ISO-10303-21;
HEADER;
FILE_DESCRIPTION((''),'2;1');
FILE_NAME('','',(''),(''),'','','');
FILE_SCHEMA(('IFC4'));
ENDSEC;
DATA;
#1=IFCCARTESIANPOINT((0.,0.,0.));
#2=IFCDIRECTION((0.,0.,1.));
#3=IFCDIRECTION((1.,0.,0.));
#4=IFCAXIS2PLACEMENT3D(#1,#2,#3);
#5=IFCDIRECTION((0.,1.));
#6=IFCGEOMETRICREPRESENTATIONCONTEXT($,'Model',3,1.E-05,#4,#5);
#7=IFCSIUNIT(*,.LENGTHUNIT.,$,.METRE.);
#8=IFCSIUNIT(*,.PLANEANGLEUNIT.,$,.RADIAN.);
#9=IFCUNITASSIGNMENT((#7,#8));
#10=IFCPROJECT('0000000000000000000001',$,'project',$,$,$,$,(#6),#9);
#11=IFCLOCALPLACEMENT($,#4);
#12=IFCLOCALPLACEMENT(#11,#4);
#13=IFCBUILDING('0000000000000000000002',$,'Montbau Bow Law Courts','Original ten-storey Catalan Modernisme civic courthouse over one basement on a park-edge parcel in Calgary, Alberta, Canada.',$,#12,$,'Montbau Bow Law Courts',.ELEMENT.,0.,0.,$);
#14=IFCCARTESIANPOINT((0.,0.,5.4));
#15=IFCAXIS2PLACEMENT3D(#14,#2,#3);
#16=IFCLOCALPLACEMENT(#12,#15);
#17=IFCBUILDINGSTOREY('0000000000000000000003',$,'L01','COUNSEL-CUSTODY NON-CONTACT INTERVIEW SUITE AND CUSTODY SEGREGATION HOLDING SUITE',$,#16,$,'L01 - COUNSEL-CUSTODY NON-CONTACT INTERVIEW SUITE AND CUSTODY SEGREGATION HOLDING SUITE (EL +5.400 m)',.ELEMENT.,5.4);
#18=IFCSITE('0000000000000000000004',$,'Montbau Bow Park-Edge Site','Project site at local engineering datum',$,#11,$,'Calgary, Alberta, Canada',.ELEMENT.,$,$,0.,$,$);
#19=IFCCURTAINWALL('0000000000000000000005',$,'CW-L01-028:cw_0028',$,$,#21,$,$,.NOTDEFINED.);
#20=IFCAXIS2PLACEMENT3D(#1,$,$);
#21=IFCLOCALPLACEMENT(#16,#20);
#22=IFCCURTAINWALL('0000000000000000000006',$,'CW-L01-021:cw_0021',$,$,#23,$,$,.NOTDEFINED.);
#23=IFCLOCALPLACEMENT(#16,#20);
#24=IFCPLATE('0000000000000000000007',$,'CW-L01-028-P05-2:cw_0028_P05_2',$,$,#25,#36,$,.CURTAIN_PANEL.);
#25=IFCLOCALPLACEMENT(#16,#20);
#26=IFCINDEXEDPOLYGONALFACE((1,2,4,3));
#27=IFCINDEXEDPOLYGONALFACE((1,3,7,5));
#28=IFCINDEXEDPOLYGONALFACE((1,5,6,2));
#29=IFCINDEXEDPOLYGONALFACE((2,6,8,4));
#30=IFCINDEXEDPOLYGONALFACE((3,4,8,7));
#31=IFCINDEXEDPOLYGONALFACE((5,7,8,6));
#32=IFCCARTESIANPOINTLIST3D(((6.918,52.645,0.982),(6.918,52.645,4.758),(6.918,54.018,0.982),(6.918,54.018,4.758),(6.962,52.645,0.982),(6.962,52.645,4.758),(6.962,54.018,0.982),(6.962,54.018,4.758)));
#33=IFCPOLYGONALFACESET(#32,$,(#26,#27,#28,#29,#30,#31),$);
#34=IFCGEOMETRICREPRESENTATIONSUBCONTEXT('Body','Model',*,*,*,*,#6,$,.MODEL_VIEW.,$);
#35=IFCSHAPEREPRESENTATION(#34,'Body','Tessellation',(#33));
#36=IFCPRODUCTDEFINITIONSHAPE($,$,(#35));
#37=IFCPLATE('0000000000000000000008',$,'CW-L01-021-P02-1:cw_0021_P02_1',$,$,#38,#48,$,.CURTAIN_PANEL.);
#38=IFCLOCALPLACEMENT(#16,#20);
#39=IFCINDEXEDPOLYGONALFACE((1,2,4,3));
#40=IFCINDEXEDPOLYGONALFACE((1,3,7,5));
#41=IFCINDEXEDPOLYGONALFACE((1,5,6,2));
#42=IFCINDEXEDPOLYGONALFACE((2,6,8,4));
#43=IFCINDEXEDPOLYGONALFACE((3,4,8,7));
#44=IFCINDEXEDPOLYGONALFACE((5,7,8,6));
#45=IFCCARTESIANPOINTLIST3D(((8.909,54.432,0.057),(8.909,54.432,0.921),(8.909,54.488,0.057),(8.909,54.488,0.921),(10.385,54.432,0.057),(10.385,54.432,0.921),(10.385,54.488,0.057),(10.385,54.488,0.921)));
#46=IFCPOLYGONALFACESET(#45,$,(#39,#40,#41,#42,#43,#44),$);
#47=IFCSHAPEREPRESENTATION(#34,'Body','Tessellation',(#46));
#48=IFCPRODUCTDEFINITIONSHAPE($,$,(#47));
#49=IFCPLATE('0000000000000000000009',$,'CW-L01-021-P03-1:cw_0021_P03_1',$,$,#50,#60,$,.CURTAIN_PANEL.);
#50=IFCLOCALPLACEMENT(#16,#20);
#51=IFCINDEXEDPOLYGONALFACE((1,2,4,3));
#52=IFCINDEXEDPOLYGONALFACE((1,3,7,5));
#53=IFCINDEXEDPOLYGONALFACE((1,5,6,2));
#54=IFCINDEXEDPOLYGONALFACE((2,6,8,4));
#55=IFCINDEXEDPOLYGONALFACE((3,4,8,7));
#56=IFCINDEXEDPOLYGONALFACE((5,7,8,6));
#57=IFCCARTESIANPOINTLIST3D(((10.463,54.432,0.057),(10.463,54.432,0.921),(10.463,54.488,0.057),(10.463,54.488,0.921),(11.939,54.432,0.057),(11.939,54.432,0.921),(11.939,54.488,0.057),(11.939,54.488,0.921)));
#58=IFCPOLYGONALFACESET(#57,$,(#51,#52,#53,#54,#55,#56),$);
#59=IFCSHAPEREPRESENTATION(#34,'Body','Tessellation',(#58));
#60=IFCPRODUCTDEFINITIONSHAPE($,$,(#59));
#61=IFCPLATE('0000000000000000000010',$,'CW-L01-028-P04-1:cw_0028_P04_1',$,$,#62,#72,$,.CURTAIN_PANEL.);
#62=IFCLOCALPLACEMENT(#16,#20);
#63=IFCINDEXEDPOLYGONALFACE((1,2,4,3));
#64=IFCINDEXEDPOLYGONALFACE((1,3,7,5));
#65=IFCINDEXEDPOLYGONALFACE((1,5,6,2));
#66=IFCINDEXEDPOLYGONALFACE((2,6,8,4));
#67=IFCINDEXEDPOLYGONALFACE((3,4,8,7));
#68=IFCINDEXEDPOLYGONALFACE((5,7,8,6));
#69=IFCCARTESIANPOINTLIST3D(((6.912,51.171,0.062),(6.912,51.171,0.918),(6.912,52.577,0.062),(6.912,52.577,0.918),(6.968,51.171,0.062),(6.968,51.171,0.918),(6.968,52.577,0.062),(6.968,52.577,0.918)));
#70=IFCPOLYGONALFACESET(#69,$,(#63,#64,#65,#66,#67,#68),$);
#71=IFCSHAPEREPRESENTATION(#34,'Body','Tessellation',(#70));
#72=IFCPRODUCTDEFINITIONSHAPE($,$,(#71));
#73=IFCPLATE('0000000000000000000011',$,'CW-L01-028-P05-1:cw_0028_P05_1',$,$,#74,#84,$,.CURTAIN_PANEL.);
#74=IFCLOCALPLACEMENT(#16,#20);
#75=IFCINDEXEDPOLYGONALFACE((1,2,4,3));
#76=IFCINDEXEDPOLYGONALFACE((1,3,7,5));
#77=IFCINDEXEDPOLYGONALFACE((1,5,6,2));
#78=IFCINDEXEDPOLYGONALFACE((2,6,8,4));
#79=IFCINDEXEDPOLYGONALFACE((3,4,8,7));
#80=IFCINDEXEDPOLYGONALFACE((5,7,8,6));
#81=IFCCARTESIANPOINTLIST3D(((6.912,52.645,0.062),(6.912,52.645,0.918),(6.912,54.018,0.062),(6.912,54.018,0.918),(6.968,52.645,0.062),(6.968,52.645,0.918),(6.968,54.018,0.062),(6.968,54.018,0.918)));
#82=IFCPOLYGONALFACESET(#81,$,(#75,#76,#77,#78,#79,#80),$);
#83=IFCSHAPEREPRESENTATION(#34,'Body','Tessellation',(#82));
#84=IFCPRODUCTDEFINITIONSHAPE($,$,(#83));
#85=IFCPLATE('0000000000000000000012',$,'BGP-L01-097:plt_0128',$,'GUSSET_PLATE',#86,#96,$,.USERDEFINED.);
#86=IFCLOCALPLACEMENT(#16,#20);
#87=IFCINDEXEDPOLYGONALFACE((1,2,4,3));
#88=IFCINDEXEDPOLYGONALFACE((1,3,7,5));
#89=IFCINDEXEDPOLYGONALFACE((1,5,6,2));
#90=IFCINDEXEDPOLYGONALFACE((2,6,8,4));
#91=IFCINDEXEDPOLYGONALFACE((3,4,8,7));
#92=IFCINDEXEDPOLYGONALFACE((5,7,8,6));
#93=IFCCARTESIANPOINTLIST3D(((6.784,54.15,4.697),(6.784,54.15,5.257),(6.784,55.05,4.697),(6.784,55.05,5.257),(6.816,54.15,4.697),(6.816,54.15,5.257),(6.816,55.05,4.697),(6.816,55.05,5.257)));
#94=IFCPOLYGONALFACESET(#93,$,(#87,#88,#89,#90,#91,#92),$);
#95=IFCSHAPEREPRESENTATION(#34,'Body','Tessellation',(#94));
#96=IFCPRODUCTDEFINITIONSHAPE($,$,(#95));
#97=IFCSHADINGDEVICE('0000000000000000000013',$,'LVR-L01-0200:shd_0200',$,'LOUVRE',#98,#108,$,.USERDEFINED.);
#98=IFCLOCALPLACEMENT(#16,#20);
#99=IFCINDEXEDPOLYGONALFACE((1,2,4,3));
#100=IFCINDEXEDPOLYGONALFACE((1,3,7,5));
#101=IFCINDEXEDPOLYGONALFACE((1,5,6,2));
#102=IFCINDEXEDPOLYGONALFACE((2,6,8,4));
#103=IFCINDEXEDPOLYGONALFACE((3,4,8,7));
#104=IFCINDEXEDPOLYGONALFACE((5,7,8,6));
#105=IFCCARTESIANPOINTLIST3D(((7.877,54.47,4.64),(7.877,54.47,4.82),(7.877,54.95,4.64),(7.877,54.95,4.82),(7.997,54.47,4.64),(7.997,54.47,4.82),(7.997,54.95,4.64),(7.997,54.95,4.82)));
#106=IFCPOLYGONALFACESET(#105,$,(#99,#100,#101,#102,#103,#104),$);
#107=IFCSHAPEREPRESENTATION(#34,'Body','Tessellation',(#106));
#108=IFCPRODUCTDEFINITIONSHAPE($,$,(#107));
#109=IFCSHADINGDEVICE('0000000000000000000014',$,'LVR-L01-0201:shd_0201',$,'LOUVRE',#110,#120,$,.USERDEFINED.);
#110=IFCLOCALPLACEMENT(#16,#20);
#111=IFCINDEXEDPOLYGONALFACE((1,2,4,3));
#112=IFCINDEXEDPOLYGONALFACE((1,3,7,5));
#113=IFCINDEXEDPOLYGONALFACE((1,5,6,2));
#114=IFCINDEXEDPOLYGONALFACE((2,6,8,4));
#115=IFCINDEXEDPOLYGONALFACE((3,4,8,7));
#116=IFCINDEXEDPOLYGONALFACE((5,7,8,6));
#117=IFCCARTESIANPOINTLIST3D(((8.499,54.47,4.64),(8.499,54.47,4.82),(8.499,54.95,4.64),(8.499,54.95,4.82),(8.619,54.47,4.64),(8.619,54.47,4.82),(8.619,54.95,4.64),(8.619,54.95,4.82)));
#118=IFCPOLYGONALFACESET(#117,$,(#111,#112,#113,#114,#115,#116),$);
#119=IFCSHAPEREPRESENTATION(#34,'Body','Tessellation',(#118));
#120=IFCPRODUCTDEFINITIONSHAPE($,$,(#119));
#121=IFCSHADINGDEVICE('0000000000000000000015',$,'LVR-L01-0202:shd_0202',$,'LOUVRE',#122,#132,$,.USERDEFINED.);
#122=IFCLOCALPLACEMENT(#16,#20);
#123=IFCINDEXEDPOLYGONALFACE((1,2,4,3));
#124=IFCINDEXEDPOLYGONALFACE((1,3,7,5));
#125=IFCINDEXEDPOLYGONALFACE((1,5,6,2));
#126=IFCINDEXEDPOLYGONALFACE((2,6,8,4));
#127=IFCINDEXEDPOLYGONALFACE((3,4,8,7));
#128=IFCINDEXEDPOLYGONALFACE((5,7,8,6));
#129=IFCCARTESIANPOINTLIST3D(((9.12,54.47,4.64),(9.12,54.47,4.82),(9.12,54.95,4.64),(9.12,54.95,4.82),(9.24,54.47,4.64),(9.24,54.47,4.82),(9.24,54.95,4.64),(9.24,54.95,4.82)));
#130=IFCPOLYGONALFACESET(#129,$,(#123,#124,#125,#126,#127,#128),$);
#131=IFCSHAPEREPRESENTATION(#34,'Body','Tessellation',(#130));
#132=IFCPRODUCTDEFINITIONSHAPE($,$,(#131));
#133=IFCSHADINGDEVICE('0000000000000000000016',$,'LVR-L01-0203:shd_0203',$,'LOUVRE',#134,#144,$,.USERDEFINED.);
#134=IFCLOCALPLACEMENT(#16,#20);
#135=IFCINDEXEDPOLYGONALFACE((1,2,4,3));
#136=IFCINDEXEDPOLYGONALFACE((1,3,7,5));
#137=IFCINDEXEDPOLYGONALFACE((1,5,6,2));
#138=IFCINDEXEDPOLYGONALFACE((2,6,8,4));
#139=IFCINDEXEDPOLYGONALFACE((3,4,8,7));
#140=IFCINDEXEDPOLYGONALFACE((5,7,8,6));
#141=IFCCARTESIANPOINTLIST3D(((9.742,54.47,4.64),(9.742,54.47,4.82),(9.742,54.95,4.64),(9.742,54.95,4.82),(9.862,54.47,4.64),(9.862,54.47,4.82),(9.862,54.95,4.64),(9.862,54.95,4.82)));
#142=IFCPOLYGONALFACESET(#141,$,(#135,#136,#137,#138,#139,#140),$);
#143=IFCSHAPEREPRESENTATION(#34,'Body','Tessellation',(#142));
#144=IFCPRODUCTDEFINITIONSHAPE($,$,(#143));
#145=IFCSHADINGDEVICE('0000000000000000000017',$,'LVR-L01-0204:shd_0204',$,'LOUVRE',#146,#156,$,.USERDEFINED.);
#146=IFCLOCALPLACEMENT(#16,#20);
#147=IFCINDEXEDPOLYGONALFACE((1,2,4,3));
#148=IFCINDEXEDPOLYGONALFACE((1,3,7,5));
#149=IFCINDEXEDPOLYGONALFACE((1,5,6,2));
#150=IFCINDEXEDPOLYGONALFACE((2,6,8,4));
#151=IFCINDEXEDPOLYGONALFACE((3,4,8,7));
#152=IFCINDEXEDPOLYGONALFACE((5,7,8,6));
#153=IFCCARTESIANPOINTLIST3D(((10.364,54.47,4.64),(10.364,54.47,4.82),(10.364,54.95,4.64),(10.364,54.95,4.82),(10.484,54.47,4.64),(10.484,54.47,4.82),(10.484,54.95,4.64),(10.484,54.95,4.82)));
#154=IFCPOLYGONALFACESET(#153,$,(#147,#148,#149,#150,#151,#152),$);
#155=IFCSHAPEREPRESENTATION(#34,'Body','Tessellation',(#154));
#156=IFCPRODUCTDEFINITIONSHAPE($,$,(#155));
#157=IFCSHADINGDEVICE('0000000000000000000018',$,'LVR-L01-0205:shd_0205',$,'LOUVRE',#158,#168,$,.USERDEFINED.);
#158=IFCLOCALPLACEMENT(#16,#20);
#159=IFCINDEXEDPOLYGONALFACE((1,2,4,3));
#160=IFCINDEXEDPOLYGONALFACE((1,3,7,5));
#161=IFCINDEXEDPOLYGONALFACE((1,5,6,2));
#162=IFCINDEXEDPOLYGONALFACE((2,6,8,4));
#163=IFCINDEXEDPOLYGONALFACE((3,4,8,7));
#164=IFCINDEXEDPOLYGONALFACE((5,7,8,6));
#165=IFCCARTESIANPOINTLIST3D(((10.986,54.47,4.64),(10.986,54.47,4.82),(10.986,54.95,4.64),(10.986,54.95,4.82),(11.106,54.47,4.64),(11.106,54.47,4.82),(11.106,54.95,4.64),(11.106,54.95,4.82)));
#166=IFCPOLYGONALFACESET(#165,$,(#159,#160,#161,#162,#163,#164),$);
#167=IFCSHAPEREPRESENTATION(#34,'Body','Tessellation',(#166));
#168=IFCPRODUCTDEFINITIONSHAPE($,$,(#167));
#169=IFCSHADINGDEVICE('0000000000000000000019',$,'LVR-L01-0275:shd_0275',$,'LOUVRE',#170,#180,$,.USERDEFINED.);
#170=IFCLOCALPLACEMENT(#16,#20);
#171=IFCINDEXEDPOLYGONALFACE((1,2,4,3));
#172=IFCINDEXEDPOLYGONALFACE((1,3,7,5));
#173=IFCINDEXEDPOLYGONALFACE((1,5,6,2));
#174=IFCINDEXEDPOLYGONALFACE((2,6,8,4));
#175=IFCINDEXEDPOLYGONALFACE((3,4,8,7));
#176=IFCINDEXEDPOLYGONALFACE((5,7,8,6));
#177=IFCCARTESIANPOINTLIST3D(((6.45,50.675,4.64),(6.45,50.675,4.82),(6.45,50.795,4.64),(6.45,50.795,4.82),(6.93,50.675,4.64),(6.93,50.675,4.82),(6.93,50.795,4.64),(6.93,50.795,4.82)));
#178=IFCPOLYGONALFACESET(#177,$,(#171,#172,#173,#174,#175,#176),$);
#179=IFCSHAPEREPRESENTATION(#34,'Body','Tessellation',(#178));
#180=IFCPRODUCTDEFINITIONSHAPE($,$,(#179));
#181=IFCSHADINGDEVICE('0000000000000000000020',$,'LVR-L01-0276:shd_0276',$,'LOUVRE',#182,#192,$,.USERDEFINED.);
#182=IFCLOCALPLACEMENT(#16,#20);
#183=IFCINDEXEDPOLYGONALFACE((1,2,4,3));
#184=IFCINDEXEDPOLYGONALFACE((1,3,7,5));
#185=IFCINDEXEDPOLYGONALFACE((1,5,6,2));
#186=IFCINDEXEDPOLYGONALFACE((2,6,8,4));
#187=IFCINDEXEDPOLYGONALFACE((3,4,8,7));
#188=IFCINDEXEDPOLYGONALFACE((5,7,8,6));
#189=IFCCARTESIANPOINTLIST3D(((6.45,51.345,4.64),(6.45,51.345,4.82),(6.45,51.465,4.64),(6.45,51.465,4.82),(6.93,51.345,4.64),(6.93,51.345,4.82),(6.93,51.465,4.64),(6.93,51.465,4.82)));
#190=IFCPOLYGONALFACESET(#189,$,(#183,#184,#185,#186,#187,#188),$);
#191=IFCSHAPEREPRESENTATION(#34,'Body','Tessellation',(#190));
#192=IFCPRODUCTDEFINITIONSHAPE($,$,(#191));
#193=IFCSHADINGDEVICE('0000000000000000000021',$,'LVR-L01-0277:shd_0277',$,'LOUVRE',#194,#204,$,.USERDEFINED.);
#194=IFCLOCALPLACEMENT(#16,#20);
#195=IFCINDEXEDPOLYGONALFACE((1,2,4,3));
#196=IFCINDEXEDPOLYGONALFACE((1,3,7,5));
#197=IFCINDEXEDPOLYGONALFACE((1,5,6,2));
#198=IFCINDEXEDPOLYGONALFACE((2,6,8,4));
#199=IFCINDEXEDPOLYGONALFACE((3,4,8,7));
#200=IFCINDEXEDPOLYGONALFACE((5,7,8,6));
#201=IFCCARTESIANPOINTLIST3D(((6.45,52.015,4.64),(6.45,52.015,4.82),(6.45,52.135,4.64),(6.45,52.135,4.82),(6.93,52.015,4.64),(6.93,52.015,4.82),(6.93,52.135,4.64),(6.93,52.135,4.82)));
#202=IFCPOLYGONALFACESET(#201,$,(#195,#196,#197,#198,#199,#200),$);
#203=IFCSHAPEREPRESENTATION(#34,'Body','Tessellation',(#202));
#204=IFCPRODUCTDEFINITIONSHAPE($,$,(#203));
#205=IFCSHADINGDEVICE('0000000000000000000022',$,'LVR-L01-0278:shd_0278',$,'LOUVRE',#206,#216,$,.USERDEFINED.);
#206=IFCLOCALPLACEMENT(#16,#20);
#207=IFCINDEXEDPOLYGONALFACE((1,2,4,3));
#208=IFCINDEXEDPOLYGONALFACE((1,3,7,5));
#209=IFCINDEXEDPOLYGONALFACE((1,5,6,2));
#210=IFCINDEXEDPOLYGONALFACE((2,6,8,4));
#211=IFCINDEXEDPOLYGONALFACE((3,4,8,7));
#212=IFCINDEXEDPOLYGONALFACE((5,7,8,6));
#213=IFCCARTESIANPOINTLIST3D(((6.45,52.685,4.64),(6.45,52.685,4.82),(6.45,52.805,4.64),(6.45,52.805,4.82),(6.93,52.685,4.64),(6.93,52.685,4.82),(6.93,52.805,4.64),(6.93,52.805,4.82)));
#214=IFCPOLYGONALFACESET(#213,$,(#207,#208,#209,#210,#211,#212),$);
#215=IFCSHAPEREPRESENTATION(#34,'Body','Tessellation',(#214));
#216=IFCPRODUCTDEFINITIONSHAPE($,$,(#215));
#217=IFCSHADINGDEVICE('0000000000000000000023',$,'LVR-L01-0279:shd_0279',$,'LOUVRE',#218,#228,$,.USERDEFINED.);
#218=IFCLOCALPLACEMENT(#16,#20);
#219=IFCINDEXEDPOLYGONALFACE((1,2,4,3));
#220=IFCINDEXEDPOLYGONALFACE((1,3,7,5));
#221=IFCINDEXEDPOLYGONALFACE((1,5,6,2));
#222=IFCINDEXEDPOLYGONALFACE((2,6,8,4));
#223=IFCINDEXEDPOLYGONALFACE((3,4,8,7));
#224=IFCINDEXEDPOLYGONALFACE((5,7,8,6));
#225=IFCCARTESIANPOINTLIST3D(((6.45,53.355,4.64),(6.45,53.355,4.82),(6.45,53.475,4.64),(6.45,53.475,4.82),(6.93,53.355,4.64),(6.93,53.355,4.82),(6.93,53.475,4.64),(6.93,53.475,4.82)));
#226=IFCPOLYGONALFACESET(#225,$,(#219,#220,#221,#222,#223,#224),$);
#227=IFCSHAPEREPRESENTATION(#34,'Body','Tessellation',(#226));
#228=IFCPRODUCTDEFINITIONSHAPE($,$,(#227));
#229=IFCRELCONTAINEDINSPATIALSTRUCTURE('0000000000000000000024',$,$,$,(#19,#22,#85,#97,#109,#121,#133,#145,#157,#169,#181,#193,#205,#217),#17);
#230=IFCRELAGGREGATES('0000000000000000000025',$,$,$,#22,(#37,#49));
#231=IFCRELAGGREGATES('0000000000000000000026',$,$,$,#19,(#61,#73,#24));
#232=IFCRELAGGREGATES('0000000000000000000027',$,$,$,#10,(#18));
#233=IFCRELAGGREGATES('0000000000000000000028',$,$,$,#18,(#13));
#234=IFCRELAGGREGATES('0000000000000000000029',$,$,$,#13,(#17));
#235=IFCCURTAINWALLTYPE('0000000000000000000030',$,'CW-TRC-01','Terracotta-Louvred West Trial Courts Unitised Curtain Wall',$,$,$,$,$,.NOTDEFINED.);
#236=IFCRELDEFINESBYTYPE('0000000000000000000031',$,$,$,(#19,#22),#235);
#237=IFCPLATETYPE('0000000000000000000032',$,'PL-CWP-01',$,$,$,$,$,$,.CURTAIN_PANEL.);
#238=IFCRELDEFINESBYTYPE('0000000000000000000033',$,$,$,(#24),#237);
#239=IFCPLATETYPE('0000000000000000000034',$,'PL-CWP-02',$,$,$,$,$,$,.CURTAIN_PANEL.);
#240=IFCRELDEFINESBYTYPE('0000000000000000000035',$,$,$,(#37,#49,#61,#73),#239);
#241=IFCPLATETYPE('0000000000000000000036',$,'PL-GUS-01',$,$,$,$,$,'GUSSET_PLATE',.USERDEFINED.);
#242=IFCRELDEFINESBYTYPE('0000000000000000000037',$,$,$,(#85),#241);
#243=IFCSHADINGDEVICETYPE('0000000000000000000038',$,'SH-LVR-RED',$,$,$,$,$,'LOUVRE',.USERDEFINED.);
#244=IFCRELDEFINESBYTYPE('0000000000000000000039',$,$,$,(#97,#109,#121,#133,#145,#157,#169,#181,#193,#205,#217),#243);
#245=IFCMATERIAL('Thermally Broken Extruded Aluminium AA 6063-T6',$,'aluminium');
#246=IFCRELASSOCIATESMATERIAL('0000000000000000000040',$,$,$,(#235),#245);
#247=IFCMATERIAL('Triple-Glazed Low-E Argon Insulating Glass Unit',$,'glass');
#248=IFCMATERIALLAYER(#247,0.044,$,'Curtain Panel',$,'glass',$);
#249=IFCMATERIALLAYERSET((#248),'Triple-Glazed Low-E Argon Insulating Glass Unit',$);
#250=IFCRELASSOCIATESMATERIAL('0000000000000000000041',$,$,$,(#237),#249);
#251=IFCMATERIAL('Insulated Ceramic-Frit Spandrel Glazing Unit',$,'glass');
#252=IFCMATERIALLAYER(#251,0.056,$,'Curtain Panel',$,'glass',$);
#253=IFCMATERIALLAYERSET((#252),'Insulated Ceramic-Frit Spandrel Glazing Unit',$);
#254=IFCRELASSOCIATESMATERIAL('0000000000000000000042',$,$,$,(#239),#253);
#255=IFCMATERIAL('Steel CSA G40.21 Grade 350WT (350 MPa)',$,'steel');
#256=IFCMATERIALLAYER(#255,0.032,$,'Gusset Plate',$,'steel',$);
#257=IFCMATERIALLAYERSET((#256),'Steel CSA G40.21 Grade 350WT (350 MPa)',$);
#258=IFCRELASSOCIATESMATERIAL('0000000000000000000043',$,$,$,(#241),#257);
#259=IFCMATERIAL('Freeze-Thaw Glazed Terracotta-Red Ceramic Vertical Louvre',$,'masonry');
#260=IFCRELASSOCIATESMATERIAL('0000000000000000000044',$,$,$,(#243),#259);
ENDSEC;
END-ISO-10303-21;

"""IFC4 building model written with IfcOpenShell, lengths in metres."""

from ifc_helpers import new_model, si_unit, direction, frame, frame_2d, origin_with_axes, origin_2d_with_axis, place, context, subcontext, project, spatial, rectangle, extrude, material, layer, layer_set, type_object, element, aggregate, save


model = new_model("IFC4")

# Units and contexts
model_context = context("Model", 3, precision=1e-05, world=origin_with_axes(), true_north=direction((0.0, 1.0)))
body_context = subcontext(model_context, "Body", "Model", "MODEL_VIEW")
ifc_project = project(units=[si_unit("LENGTHUNIT", "METRE"), si_unit("PLANEANGLEUNIT", "RADIAN")], contexts=[model_context])

# Site, building, storey
site_placement = place(None, origin_with_axes())
site = spatial("IfcSite", under=ifc_project, at=site_placement, Name="Montbau Bow Park-Edge Site", Description="Project site at local engineering datum", LongName="Calgary, Alberta, Canada", CompositionType="ELEMENT", RefElevation=0.0)
building_placement = place(site_placement, origin_with_axes())
building = spatial("IfcBuilding", under=site, at=building_placement, Name="Montbau Bow Law Courts", Description="Original ten-storey Catalan Modernisme civic courthouse over one basement on a park-edge parcel in Calgary, Alberta, Canada.", LongName="Montbau Bow Law Courts", CompositionType="ELEMENT", ElevationOfRefHeight=0.0, ElevationOfTerrain=0.0)
storey_placement = place(building_placement, frame((0.0, 0.0, 5.4), z_axis=(0.0, 0.0, 1.0), x_axis=(1.0, 0.0, 0.0)))
storey = spatial("IfcBuildingStorey", under=building, at=storey_placement, Name="L01", Description="COUNSEL-CUSTODY NON-CONTACT INTERVIEW SUITE AND CUSTODY SEGREGATION HOLDING SUITE", LongName="L01 - COUNSEL-CUSTODY NON-CONTACT INTERVIEW SUITE AND CUSTODY SEGREGATION HOLDING SUITE (EL +5.400 m)", CompositionType="ELEMENT", Elevation=5.4)

# Curtain wall
ifc_material_1 = material(Name="Thermally Broken Extruded Aluminium AA 6063-T6", Category="aluminium")
curtain_wall_type = type_object("IfcCurtainWallType", Name="CW-TRC-01", Description="Terracotta-Louvred West Trial Courts Unitised Curtain Wall", PredefinedType="NOTDEFINED", material=ifc_material_1)
curtain_wall_1_placement = place(None, frame((6.94, 46.715, 5.4), z_axis=(0.0, 0.0, 1.0), x_axis=(1.0, 0.0, 0.0)))
curtain_wall_1 = element("IfcCurtainWall", 1, at=curtain_wall_1_placement, inside=storey, type_object=curtain_wall_type, Name="CW-L01-028:cw_0028", PredefinedType="NOTDEFINED")

# Curtain wall
curtain_wall_2_placement = place(None, frame((7.315, 54.46, 5.4), z_axis=(0.0, 0.0, 1.0), x_axis=(1.0, 0.0, 0.0)))
curtain_wall_2 = element("IfcCurtainWall", 2, at=curtain_wall_2_placement, inside=storey, type_object=curtain_wall_type, Name="CW-L01-021:cw_0021", PredefinedType="NOTDEFINED")
ifc_material_2 = material(Name="Triple-Glazed Low-E Argon Insulating Glass Unit", Category="glass")
ifc_layer_1 = layer(ifc_material_2, 0.044, Name="Curtain Panel", Category="glass")
ifc_layer_set_1 = layer_set([ifc_layer_1], Name="Triple-Glazed Low-E Argon Insulating Glass Unit")
plate_type_1 = type_object("IfcPlateType", Name="PL-CWP-01", PredefinedType="CURTAIN_PANEL", material=ifc_layer_set_1)

# Plates
plate_1_placement = place(None, frame((6.94, 52.645, 6.382), z_axis=(1.0, 0.0, 0.0), x_axis=(0.0, 1.0, 0.0)))
plate_1 = element("IfcPlate", 3, at=plate_1_placement, type_object=plate_type_1, Name="CW-L01-028-P05-2:cw_0028_P05_2", PredefinedType="CURTAIN_PANEL", context=body_context, shape_type="SweptSolid", body=[
    extrude(rectangle(XDim=1.373, YDim=3.776, at=frame_2d((0.6865, 1.888), x_axis=(1.0, 0.0))), frame((0.0, 0.0, -0.022), z_axis=(0.0, 0.0, 1.0), x_axis=(1.0, 0.0, 0.0)), (0.0, 0.0, 1.0), 0.044),
])
ifc_material_3 = material(Name="Insulated Ceramic-Frit Spandrel Glazing Unit", Category="glass")
ifc_layer_2 = layer(ifc_material_3, 0.056, Name="Curtain Panel", Category="glass")
ifc_layer_set_2 = layer_set([ifc_layer_2], Name="Insulated Ceramic-Frit Spandrel Glazing Unit")
plate_type_2 = type_object("IfcPlateType", Name="PL-CWP-02", PredefinedType="CURTAIN_PANEL", material=ifc_layer_set_2)
plate_2_placement = place(None, frame((8.909, 54.46, 5.457), z_axis=(0.0, -1.0, 0.0), x_axis=(1.0, 0.0, 0.0)))
plate_2 = element("IfcPlate", 4, at=plate_2_placement, type_object=plate_type_2, Name="CW-L01-021-P02-1:cw_0021_P02_1", PredefinedType="CURTAIN_PANEL", context=body_context, shape_type="SweptSolid", body=[
    extrude(rectangle(XDim=1.476, YDim=0.864, at=frame_2d((0.738, 0.432), x_axis=(1.0, 0.0))), frame((0.0, 0.0, -0.028), z_axis=(0.0, 0.0, 1.0), x_axis=(1.0, 0.0, 0.0)), (0.0, 0.0, 1.0), 0.056),
])
plate_3_placement = place(None, frame((10.463, 54.46, 5.457), z_axis=(0.0, -1.0, 0.0), x_axis=(1.0, 0.0, 0.0)))
plate_3 = element("IfcPlate", 5, at=plate_3_placement, type_object=plate_type_2, Name="CW-L01-021-P03-1:cw_0021_P03_1", PredefinedType="CURTAIN_PANEL", context=body_context, shape_type="SweptSolid", body=[
    extrude(rectangle(XDim=1.476, YDim=0.864, at=frame_2d((0.738, 0.432), x_axis=(1.0, 0.0))), frame((0.0, 0.0, -0.028), z_axis=(0.0, 0.0, 1.0), x_axis=(1.0, 0.0, 0.0)), (0.0, 0.0, 1.0), 0.056),
])
aggregate(curtain_wall_2, [plate_2, plate_3])
plate_4_placement = place(None, frame((6.94, 51.171, 5.462), z_axis=(1.0, 0.0, 0.0), x_axis=(0.0, 1.0, 0.0)))
plate_4 = element("IfcPlate", 6, at=plate_4_placement, type_object=plate_type_2, Name="CW-L01-028-P04-1:cw_0028_P04_1", PredefinedType="CURTAIN_PANEL", context=body_context, shape_type="SweptSolid", body=[
    extrude(rectangle(XDim=1.406, YDim=0.856, at=frame_2d((0.703, 0.428), x_axis=(1.0, 0.0))), frame((0.0, 0.0, -0.028), z_axis=(0.0, 0.0, 1.0), x_axis=(1.0, 0.0, 0.0)), (0.0, 0.0, 1.0), 0.056),
])
plate_5_placement = place(None, frame((6.94, 52.645, 5.462), z_axis=(1.0, 0.0, 0.0), x_axis=(0.0, 1.0, 0.0)))
plate_5 = element("IfcPlate", 7, at=plate_5_placement, type_object=plate_type_2, Name="CW-L01-028-P05-1:cw_0028_P05_1", PredefinedType="CURTAIN_PANEL", context=body_context, shape_type="SweptSolid", body=[
    extrude(rectangle(XDim=1.373, YDim=0.856, at=frame_2d((0.6865, 0.428), x_axis=(1.0, 0.0))), frame((0.0, 0.0, -0.028), z_axis=(0.0, 0.0, 1.0), x_axis=(1.0, 0.0, 0.0)), (0.0, 0.0, 1.0), 0.056),
])
aggregate(curtain_wall_1, [plate_4, plate_5, plate_1])
ifc_material_4 = material(Name="Steel CSA G40.21 Grade 350WT (350 MPa)", Category="steel")
ifc_layer_3 = layer(ifc_material_4, 0.032, Name="Gusset Plate", Category="steel")
ifc_layer_set_3 = layer_set([ifc_layer_3], Name="Steel CSA G40.21 Grade 350WT (350 MPa)")
plate_type_3 = type_object("IfcPlateType", Name="PL-GUS-01", ElementType="GUSSET_PLATE", PredefinedType="USERDEFINED", material=ifc_layer_set_3)
plate_6_placement = place(None, frame((6.8, 54.6, 10.097), z_axis=(0.0, 0.0, 1.0), x_axis=(0.0, 1.0, 0.0)))
element("IfcPlate", 8, at=plate_6_placement, inside=storey, type_object=plate_type_3, Name="BGP-L01-097:plt_0128", ObjectType="GUSSET_PLATE", PredefinedType="USERDEFINED", context=body_context, shape_type="SweptSolid", body=[
    extrude(rectangle(XDim=0.9, YDim=0.032, at=origin_2d_with_axis()), origin_with_axes(), (0.0, 0.0, 1.0), 0.56),
])

# Shading devices
ifc_material_5 = material(Name="Freeze-Thaw Glazed Terracotta-Red Ceramic Vertical Louvre", Category="masonry")
shading_device_type = type_object("IfcShadingDeviceType", Name="SH-LVR-RED", ElementType="LOUVRE", PredefinedType="USERDEFINED", material=ifc_material_5)
for number, where, z_axis, x_axis, name in (
    (9, (7.937, 54.71, 10.04), (0.0, 0.0, 1.0), (0.0, 1.0, 0.0), "LVR-L01-0200:shd_0200"),
    (10, (8.559, 54.71, 10.04), (0.0, 0.0, 1.0), (0.0, 1.0, 0.0), "LVR-L01-0201:shd_0201"),
    (11, (9.18, 54.71, 10.04), (0.0, 0.0, 1.0), (0.0, 1.0, 0.0), "LVR-L01-0202:shd_0202"),
    (12, (9.802, 54.71, 10.04), (0.0, 0.0, 1.0), (0.0, 1.0, 0.0), "LVR-L01-0203:shd_0203"),
    (13, (10.424, 54.71, 10.04), (0.0, 0.0, 1.0), (0.0, 1.0, 0.0), "LVR-L01-0204:shd_0204"),
    (14, (11.046, 54.71, 10.04), (0.0, 0.0, 1.0), (0.0, 1.0, 0.0), "LVR-L01-0205:shd_0205"),
    (15, (6.69, 50.735, 10.04), (0.0, 0.0, 1.0), (-1.0, 0.0, 0.0), "LVR-L01-0275:shd_0275"),
    (16, (6.69, 51.405, 10.04), (0.0, 0.0, 1.0), (-1.0, 0.0, 0.0), "LVR-L01-0276:shd_0276"),
    (17, (6.69, 52.075, 10.04), (0.0, 0.0, 1.0), (-1.0, 0.0, 0.0), "LVR-L01-0277:shd_0277"),
    (18, (6.69, 52.745, 10.04), (0.0, 0.0, 1.0), (-1.0, 0.0, 0.0), "LVR-L01-0278:shd_0278"),
    (19, (6.69, 53.415, 10.04), (0.0, 0.0, 1.0), (-1.0, 0.0, 0.0), "LVR-L01-0279:shd_0279"),
):
    element("IfcShadingDevice", number, at=place(None, frame(where, z_axis=z_axis, x_axis=x_axis)), inside=storey, type_object=shading_device_type, Name=name, ObjectType="LOUVRE", PredefinedType="USERDEFINED", context=body_context, shape_type="SweptSolid", body=[
        extrude(rectangle(XDim=0.48, YDim=0.12, at=origin_2d_with_axis()), origin_with_axes(), (0.0, 0.0, 1.0), 0.18),
    ])

save(model, "model.ifc")
